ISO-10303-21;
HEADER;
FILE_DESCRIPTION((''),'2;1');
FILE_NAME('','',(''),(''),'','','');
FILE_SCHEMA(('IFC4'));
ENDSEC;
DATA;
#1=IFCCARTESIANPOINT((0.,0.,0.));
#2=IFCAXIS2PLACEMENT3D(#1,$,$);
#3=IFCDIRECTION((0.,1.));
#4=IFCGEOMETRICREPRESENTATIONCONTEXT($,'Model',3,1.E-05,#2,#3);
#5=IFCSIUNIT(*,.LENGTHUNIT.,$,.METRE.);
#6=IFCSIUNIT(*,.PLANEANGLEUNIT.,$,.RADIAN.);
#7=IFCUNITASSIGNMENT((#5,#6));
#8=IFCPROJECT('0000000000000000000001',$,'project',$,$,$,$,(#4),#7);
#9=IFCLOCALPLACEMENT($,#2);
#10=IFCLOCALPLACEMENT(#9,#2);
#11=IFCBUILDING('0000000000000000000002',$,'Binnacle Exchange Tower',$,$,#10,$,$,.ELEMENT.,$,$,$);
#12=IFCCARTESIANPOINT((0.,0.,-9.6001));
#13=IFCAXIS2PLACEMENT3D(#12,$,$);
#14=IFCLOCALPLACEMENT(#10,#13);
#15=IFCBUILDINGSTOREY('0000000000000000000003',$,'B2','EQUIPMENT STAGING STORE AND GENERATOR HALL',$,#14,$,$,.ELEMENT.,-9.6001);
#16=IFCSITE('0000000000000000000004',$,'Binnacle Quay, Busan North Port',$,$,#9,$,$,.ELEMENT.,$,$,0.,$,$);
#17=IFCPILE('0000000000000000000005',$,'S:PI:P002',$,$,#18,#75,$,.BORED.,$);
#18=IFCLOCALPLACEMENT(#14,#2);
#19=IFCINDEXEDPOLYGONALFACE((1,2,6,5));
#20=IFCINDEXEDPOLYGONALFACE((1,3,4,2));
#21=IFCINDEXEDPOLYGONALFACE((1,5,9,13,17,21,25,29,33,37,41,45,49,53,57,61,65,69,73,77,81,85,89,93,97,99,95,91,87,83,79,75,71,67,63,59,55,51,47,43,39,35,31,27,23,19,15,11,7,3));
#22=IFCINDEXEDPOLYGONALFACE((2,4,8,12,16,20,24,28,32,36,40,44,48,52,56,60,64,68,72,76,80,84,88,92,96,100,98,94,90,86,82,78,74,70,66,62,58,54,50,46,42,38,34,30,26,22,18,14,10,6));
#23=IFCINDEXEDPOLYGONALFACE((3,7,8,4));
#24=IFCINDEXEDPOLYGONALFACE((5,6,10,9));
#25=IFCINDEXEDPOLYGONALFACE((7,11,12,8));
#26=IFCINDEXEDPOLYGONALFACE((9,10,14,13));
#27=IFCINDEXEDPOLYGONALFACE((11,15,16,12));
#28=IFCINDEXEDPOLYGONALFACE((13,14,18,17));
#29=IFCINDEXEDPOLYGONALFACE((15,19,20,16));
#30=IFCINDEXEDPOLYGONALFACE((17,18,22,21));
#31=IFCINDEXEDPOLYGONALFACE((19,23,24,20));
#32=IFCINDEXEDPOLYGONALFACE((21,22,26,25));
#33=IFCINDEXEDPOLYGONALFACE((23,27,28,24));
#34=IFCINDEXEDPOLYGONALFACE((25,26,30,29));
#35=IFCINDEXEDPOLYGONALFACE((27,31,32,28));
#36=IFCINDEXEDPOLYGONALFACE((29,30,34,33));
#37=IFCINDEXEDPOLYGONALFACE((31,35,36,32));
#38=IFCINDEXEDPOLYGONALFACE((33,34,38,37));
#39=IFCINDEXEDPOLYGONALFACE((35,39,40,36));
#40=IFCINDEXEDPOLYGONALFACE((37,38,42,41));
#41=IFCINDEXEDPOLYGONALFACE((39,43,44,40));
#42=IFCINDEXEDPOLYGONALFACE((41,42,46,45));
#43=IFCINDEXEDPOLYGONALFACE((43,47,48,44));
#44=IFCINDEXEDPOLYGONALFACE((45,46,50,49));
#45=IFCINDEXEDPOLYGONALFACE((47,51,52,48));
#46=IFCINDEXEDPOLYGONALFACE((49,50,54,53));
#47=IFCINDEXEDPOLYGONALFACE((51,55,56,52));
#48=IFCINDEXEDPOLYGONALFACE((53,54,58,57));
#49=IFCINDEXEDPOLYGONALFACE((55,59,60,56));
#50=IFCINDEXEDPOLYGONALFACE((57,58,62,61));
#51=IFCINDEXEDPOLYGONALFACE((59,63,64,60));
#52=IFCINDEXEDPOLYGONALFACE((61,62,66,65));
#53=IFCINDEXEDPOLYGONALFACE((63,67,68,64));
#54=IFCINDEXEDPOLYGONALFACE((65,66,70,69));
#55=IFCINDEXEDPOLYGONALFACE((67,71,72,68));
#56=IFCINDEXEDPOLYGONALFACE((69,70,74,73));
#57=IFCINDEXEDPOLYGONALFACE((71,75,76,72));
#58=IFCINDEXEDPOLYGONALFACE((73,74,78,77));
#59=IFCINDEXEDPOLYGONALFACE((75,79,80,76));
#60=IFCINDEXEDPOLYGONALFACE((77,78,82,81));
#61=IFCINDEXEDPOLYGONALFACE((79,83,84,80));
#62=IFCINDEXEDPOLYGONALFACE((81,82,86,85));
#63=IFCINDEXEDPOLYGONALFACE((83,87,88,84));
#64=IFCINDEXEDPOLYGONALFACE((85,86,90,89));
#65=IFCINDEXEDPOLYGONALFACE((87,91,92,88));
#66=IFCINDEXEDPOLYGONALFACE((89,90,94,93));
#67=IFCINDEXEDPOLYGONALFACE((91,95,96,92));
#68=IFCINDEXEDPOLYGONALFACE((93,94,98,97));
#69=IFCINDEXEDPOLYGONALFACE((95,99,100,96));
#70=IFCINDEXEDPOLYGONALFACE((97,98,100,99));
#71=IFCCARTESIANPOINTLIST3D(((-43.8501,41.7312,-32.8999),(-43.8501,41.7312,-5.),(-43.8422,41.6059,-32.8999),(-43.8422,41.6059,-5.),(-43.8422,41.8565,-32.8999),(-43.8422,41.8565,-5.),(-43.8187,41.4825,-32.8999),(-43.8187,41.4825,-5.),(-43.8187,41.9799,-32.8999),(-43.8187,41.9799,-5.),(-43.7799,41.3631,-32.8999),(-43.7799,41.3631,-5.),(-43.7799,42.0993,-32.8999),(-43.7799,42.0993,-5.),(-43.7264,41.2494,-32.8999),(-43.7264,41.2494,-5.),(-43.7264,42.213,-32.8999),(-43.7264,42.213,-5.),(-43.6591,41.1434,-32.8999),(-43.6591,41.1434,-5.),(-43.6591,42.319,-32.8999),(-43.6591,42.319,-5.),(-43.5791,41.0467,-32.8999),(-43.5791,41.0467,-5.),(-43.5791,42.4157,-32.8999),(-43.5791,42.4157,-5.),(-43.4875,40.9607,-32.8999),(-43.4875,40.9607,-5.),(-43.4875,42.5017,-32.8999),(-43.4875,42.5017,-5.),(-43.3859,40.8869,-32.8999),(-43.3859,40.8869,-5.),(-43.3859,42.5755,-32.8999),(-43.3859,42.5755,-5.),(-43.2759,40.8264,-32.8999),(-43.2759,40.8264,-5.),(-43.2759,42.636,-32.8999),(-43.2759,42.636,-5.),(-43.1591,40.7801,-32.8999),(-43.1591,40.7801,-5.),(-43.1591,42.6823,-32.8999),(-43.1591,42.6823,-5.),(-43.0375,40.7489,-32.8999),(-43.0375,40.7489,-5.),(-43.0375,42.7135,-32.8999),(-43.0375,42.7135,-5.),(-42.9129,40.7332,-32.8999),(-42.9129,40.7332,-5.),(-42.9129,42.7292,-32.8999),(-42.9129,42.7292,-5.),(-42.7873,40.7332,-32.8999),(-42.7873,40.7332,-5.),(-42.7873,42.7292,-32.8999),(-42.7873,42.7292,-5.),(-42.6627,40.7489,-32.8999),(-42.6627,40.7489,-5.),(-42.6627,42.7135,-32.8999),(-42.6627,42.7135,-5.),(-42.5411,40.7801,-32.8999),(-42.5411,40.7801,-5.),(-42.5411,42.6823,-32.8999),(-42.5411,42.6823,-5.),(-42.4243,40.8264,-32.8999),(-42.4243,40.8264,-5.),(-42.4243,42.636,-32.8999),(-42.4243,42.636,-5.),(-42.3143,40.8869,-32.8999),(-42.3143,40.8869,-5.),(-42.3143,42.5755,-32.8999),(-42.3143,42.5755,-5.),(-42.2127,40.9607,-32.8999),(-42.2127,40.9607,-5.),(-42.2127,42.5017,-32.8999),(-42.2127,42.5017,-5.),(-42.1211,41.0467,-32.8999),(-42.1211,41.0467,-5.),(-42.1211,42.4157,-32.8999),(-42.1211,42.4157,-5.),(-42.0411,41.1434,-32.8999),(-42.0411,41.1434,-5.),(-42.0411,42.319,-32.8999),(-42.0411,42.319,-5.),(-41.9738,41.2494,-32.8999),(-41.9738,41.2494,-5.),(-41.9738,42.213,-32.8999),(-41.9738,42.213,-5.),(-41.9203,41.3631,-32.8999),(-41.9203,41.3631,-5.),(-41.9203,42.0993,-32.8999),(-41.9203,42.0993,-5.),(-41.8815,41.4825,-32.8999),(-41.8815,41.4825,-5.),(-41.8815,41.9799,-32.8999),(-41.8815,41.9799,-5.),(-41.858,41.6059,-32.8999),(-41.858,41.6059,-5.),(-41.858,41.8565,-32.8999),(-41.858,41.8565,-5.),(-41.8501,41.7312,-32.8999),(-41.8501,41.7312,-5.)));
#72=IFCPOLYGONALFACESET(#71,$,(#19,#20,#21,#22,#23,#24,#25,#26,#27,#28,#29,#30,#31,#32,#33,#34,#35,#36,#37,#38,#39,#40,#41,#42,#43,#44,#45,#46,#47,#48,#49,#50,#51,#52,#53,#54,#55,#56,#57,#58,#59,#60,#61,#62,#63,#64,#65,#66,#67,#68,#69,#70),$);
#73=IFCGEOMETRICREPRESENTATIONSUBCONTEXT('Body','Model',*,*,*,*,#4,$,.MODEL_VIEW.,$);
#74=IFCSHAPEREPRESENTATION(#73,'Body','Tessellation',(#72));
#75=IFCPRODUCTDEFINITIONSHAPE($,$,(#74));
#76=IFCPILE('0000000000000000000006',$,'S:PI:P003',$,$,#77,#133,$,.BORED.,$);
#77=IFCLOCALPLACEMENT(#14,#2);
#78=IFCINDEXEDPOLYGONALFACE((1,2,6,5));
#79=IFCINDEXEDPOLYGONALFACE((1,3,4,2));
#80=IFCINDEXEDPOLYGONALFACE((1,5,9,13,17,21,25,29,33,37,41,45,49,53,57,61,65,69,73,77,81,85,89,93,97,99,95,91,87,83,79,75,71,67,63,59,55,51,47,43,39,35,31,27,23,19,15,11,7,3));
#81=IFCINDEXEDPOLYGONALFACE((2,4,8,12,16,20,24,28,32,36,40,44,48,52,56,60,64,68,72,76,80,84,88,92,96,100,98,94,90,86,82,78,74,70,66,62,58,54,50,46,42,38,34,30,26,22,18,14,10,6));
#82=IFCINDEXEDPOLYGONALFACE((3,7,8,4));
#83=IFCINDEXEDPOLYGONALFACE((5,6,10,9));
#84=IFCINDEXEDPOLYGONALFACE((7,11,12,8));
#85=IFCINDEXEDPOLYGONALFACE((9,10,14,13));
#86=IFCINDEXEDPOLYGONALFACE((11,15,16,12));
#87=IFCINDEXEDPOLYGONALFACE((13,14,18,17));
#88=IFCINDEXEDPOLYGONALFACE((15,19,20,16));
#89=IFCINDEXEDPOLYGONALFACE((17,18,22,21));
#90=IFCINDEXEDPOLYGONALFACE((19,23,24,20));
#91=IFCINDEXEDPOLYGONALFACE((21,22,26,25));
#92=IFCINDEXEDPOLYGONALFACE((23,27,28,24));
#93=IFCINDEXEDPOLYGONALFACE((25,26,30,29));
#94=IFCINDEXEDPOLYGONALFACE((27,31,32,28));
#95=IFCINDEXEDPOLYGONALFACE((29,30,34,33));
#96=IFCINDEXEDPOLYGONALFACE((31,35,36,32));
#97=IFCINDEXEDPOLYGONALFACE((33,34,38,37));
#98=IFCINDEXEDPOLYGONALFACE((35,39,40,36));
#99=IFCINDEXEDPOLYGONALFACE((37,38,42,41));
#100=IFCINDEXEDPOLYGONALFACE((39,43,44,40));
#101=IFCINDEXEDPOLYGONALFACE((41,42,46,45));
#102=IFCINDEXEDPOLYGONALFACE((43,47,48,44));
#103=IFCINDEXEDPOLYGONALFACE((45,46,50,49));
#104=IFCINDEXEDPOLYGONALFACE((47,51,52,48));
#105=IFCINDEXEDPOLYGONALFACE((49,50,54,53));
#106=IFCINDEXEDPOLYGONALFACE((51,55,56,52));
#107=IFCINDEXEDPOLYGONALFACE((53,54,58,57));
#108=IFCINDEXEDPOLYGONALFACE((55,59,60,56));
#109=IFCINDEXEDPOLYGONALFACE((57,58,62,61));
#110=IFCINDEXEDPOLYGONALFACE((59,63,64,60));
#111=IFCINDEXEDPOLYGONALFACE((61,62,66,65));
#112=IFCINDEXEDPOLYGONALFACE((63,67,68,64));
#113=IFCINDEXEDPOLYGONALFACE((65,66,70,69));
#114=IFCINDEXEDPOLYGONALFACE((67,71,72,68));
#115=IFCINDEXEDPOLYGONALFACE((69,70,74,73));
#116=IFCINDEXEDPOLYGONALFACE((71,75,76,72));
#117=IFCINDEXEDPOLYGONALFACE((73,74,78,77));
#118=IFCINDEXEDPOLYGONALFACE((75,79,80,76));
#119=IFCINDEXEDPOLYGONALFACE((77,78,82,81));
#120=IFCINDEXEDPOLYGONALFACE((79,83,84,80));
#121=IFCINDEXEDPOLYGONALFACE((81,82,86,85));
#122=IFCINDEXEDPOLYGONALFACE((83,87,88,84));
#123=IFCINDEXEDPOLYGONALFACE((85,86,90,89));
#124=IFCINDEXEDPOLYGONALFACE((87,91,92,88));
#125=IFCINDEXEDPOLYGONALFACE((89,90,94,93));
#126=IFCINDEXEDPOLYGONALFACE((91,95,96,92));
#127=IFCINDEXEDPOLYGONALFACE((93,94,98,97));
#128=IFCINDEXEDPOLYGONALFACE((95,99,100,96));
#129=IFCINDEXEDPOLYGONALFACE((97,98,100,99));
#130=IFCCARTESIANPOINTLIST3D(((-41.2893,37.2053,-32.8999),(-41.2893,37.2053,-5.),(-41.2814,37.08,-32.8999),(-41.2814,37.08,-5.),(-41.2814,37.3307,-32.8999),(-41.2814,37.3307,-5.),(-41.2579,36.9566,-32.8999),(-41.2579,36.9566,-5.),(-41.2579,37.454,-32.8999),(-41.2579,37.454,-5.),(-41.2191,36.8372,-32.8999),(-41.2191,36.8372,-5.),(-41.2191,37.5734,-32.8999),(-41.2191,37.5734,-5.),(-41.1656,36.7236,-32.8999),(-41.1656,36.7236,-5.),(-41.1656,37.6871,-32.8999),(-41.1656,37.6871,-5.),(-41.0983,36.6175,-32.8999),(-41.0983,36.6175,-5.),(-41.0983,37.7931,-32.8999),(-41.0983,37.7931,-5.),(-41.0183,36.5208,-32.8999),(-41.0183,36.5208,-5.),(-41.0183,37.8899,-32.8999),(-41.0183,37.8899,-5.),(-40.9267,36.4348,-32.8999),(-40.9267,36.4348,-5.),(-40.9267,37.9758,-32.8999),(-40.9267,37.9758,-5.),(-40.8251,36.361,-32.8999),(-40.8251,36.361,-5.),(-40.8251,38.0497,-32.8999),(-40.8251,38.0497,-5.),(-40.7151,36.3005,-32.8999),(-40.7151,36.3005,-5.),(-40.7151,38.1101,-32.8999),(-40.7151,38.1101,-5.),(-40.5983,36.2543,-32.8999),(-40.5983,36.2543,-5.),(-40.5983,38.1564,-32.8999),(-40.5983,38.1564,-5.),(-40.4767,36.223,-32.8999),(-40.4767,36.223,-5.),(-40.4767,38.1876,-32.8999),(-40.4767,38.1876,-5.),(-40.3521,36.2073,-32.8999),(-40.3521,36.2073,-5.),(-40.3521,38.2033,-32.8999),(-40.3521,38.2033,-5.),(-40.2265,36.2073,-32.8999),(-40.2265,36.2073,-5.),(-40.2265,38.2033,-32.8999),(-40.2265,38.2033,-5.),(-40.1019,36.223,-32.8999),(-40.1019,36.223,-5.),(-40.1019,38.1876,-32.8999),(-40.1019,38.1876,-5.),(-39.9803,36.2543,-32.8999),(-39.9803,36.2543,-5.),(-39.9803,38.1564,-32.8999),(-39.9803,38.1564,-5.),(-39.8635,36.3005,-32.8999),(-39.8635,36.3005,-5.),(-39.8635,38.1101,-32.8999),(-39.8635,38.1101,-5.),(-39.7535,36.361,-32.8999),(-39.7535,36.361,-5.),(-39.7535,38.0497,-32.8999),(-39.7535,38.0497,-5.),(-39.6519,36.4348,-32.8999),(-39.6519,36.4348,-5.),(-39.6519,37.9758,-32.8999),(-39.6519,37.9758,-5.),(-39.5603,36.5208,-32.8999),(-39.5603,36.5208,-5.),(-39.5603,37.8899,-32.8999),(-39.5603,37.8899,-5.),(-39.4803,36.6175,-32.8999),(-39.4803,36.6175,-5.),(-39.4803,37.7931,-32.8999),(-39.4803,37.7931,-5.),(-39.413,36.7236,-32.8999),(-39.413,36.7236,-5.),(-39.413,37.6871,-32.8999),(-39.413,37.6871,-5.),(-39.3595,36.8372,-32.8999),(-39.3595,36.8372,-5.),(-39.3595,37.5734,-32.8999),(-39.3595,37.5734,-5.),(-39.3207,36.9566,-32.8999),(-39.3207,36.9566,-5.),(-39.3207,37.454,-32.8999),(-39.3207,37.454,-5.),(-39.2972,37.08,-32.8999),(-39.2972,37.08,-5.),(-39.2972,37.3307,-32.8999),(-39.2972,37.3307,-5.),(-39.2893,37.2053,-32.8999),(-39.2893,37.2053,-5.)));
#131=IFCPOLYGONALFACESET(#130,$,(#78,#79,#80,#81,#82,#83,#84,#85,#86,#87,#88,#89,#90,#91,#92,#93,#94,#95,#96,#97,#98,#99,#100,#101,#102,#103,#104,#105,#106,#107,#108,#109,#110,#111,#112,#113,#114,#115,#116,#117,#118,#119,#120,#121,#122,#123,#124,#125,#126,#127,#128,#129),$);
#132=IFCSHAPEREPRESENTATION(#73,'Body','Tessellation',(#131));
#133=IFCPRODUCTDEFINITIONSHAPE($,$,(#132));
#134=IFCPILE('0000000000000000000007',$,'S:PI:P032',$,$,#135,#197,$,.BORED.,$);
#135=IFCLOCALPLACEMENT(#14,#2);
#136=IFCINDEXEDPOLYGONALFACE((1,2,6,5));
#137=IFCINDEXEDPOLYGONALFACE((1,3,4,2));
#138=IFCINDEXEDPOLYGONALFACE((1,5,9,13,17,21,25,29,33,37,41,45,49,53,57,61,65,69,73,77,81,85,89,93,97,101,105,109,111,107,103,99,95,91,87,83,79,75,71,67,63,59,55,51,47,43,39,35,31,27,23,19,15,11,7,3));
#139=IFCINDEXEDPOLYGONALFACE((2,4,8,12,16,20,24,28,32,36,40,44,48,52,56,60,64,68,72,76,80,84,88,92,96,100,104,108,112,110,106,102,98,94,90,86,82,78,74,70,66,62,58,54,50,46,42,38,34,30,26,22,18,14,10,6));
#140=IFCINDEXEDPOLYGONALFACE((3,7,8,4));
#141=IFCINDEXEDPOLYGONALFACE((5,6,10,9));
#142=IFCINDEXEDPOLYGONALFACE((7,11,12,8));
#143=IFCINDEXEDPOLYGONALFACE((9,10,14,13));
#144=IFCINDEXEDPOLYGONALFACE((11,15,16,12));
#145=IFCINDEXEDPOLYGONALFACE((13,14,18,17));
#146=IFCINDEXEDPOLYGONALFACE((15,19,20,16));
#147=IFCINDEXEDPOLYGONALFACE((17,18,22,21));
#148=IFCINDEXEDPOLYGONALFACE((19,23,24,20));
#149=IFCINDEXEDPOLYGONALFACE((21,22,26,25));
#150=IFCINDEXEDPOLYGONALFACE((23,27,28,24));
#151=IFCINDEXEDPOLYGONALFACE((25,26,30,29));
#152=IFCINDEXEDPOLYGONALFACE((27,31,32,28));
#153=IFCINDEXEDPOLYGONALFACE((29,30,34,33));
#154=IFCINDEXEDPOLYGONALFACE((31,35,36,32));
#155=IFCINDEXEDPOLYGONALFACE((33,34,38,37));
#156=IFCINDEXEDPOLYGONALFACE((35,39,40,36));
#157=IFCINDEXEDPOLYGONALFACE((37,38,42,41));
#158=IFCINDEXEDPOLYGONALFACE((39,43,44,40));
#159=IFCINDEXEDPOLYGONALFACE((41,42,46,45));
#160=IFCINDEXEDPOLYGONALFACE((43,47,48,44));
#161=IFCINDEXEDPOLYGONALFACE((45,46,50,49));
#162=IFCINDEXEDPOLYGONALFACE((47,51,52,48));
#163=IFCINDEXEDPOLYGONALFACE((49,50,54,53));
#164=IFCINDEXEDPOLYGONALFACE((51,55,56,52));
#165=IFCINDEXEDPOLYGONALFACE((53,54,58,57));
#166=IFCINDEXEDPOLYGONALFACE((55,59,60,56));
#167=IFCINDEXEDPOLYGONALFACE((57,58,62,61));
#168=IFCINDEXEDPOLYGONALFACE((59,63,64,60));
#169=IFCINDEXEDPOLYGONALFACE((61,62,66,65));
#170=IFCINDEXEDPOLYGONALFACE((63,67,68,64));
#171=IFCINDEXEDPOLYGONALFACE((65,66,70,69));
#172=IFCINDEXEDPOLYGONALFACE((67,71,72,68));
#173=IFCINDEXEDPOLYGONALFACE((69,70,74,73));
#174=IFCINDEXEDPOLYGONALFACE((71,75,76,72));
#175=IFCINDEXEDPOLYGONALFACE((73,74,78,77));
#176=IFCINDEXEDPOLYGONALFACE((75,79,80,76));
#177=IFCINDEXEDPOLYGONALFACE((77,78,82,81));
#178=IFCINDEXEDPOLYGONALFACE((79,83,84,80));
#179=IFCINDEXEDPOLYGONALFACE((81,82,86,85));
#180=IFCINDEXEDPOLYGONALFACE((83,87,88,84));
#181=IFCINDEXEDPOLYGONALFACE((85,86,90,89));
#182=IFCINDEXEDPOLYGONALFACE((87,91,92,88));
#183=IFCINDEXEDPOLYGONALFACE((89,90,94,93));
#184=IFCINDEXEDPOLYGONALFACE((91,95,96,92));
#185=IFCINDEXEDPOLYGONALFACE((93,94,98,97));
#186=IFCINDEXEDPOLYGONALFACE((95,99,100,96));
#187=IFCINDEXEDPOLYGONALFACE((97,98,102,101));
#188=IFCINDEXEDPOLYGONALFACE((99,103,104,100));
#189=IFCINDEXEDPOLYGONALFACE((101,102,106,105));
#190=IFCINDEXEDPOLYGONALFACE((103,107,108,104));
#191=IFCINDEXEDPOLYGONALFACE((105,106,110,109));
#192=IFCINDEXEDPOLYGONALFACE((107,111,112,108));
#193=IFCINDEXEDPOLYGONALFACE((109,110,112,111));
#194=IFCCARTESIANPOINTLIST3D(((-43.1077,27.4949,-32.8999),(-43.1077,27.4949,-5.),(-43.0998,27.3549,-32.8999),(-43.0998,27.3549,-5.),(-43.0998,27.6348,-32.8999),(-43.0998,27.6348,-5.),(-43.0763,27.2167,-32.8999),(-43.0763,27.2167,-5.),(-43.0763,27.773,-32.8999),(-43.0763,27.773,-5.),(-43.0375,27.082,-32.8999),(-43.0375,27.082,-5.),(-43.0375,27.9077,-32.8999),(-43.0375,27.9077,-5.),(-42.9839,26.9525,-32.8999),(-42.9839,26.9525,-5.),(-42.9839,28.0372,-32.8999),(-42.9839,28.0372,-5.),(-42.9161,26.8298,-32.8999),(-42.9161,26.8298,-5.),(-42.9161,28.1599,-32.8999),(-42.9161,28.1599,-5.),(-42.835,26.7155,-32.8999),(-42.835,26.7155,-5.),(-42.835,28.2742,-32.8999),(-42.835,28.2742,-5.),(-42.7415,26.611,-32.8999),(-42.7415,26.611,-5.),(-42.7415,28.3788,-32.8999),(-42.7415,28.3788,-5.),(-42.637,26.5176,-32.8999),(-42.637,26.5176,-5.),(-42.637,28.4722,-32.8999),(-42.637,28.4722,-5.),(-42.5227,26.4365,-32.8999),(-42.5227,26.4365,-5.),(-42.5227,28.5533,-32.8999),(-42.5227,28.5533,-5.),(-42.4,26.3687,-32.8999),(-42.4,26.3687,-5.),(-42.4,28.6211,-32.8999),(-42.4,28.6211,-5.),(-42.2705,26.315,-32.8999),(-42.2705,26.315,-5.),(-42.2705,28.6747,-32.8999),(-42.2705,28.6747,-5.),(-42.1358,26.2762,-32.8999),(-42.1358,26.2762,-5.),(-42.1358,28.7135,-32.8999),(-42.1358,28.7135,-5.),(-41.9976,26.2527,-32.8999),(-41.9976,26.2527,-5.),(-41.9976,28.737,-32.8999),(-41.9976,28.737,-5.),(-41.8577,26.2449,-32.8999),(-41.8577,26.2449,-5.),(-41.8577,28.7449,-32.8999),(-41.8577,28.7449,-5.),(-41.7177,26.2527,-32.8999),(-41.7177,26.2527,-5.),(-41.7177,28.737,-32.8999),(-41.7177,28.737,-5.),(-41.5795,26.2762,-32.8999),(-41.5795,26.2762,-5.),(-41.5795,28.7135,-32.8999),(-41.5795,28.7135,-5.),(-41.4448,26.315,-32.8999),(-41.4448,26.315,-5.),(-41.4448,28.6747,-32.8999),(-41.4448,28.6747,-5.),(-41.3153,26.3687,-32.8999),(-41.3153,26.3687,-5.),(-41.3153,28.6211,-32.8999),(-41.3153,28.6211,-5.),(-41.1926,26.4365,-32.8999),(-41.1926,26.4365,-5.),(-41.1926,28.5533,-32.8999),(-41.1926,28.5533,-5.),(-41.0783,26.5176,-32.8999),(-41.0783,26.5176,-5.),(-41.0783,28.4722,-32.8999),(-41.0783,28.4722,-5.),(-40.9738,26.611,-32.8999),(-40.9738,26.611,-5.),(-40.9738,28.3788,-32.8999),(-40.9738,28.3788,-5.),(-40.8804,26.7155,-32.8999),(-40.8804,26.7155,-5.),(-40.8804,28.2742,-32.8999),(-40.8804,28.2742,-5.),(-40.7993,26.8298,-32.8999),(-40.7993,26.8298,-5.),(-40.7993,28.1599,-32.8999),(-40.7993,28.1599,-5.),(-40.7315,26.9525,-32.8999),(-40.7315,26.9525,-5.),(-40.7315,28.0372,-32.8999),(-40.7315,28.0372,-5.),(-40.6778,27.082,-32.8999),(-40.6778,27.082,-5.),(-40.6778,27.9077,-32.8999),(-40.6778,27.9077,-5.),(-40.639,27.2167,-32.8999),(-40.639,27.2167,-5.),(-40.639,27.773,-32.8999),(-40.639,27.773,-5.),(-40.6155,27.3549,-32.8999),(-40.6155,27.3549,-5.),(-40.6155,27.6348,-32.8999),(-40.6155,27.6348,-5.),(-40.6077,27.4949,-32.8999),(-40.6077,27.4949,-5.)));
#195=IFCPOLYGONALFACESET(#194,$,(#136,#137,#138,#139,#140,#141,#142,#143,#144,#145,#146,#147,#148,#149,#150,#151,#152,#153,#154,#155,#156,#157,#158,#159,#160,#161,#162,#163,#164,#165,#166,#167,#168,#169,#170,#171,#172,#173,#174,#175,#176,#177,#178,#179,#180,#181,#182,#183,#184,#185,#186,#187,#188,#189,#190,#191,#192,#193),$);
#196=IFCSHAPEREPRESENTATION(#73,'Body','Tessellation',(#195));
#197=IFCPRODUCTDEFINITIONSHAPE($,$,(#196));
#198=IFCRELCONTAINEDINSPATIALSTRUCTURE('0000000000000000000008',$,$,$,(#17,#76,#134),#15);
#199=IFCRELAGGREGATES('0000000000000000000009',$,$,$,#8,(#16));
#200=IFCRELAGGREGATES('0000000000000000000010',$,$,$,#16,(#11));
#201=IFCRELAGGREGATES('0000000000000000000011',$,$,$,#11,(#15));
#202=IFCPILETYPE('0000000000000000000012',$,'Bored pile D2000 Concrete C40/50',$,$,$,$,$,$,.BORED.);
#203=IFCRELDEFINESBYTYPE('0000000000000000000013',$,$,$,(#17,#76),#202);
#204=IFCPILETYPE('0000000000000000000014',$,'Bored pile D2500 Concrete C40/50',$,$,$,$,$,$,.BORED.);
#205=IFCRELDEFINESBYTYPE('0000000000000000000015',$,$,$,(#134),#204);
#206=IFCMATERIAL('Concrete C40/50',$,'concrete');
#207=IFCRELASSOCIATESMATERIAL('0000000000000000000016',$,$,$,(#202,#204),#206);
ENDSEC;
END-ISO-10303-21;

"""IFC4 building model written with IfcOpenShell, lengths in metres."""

from ifc_helpers import new_model, si_unit, direction, frame, origin, origin_2d, place, context, subcontext, project, spatial, circle, extrude, material, material_profile, profile_set, type_object, element, save


model = new_model("IFC4")

# Units and contexts
model_context = context("Model", 3, precision=1e-05, world=origin(), true_north=direction((0.0, 1.0)))
body_context = subcontext(model_context, "Body", "Model", "MODEL_VIEW")
ifc_project = project(units=[si_unit("LENGTHUNIT", "METRE"), si_unit("PLANEANGLEUNIT", "RADIAN")], contexts=[model_context])

# Site, building, storey
site_placement = place(None, origin())
site = spatial("IfcSite", under=ifc_project, at=site_placement, Name="Binnacle Quay, Busan North Port", CompositionType="ELEMENT", RefElevation=0.0)
building_placement = place(site_placement, origin())
building = spatial("IfcBuilding", under=site, at=building_placement, Name="Binnacle Exchange Tower", CompositionType="ELEMENT")
storey_placement = place(building_placement, frame((0.0, 0.0, -9.6001)))
storey = spatial("IfcBuildingStorey", under=building, at=storey_placement, Name="B2", Description="EQUIPMENT STAGING STORE AND GENERATOR HALL", CompositionType="ELEMENT", Elevation=-9.6001)

# Piles
ifc_material_1 = material(Name="Concrete C40/50", Category="concrete")
ifc_material_profile_1 = material_profile(ifc_material_1, circle(Radius=1.0, at=origin_2d()), Name="Bored pile D2000")
ifc_profile_set_1 = profile_set([ifc_material_profile_1], Name="Concrete C40/50")
pile_type_1 = type_object("IfcPileType", Name="Bored pile D2000 Concrete C40/50", PredefinedType="BORED", material=ifc_profile_set_1)
for number, where, z_axis, x_axis, name in (
    (1, (-42.8501, 41.7312, -5.0), (0.0, 0.0, -1.0), (1.0, 0.0, 0.0), "S:PI:P002"),
    (2, (-40.2893, 37.2053, -5.0), (0.0, 0.0, -1.0), (1.0, 0.0, 0.0), "S:PI:P003"),
):
    element("IfcPile", number, at=place(storey_placement, frame(where, z_axis=z_axis, x_axis=x_axis)), inside=storey, type_object=pile_type_1, Name=name, PredefinedType="BORED", context=body_context, shape_type="SweptSolid", body=[
        extrude(circle(Radius=1.0, at=origin_2d()), origin(), (0.0, 0.0, 1.0), 27.8999),
    ])
ifc_material_profile_2 = material_profile(ifc_material_1, circle(Radius=1.25, at=origin_2d()), Name="Bored pile D2500")
ifc_profile_set_2 = profile_set([ifc_material_profile_2], Name="Concrete C40/50")
pile_type_2 = type_object("IfcPileType", Name="Bored pile D2500 Concrete C40/50", PredefinedType="BORED", material=ifc_profile_set_2)
pile_placement = place(storey_placement, frame((-41.8577, 27.4949, -5.0), z_axis=(0.0, 0.0, -1.0), x_axis=(1.0, 0.0, 0.0)))
element("IfcPile", 3, at=pile_placement, inside=storey, type_object=pile_type_2, Name="S:PI:P032", PredefinedType="BORED", context=body_context, shape_type="SweptSolid", body=[
    extrude(circle(Radius=1.25, at=origin_2d()), origin(), (0.0, 0.0, 1.0), 27.8999),
])

save(model, "model.ifc")
